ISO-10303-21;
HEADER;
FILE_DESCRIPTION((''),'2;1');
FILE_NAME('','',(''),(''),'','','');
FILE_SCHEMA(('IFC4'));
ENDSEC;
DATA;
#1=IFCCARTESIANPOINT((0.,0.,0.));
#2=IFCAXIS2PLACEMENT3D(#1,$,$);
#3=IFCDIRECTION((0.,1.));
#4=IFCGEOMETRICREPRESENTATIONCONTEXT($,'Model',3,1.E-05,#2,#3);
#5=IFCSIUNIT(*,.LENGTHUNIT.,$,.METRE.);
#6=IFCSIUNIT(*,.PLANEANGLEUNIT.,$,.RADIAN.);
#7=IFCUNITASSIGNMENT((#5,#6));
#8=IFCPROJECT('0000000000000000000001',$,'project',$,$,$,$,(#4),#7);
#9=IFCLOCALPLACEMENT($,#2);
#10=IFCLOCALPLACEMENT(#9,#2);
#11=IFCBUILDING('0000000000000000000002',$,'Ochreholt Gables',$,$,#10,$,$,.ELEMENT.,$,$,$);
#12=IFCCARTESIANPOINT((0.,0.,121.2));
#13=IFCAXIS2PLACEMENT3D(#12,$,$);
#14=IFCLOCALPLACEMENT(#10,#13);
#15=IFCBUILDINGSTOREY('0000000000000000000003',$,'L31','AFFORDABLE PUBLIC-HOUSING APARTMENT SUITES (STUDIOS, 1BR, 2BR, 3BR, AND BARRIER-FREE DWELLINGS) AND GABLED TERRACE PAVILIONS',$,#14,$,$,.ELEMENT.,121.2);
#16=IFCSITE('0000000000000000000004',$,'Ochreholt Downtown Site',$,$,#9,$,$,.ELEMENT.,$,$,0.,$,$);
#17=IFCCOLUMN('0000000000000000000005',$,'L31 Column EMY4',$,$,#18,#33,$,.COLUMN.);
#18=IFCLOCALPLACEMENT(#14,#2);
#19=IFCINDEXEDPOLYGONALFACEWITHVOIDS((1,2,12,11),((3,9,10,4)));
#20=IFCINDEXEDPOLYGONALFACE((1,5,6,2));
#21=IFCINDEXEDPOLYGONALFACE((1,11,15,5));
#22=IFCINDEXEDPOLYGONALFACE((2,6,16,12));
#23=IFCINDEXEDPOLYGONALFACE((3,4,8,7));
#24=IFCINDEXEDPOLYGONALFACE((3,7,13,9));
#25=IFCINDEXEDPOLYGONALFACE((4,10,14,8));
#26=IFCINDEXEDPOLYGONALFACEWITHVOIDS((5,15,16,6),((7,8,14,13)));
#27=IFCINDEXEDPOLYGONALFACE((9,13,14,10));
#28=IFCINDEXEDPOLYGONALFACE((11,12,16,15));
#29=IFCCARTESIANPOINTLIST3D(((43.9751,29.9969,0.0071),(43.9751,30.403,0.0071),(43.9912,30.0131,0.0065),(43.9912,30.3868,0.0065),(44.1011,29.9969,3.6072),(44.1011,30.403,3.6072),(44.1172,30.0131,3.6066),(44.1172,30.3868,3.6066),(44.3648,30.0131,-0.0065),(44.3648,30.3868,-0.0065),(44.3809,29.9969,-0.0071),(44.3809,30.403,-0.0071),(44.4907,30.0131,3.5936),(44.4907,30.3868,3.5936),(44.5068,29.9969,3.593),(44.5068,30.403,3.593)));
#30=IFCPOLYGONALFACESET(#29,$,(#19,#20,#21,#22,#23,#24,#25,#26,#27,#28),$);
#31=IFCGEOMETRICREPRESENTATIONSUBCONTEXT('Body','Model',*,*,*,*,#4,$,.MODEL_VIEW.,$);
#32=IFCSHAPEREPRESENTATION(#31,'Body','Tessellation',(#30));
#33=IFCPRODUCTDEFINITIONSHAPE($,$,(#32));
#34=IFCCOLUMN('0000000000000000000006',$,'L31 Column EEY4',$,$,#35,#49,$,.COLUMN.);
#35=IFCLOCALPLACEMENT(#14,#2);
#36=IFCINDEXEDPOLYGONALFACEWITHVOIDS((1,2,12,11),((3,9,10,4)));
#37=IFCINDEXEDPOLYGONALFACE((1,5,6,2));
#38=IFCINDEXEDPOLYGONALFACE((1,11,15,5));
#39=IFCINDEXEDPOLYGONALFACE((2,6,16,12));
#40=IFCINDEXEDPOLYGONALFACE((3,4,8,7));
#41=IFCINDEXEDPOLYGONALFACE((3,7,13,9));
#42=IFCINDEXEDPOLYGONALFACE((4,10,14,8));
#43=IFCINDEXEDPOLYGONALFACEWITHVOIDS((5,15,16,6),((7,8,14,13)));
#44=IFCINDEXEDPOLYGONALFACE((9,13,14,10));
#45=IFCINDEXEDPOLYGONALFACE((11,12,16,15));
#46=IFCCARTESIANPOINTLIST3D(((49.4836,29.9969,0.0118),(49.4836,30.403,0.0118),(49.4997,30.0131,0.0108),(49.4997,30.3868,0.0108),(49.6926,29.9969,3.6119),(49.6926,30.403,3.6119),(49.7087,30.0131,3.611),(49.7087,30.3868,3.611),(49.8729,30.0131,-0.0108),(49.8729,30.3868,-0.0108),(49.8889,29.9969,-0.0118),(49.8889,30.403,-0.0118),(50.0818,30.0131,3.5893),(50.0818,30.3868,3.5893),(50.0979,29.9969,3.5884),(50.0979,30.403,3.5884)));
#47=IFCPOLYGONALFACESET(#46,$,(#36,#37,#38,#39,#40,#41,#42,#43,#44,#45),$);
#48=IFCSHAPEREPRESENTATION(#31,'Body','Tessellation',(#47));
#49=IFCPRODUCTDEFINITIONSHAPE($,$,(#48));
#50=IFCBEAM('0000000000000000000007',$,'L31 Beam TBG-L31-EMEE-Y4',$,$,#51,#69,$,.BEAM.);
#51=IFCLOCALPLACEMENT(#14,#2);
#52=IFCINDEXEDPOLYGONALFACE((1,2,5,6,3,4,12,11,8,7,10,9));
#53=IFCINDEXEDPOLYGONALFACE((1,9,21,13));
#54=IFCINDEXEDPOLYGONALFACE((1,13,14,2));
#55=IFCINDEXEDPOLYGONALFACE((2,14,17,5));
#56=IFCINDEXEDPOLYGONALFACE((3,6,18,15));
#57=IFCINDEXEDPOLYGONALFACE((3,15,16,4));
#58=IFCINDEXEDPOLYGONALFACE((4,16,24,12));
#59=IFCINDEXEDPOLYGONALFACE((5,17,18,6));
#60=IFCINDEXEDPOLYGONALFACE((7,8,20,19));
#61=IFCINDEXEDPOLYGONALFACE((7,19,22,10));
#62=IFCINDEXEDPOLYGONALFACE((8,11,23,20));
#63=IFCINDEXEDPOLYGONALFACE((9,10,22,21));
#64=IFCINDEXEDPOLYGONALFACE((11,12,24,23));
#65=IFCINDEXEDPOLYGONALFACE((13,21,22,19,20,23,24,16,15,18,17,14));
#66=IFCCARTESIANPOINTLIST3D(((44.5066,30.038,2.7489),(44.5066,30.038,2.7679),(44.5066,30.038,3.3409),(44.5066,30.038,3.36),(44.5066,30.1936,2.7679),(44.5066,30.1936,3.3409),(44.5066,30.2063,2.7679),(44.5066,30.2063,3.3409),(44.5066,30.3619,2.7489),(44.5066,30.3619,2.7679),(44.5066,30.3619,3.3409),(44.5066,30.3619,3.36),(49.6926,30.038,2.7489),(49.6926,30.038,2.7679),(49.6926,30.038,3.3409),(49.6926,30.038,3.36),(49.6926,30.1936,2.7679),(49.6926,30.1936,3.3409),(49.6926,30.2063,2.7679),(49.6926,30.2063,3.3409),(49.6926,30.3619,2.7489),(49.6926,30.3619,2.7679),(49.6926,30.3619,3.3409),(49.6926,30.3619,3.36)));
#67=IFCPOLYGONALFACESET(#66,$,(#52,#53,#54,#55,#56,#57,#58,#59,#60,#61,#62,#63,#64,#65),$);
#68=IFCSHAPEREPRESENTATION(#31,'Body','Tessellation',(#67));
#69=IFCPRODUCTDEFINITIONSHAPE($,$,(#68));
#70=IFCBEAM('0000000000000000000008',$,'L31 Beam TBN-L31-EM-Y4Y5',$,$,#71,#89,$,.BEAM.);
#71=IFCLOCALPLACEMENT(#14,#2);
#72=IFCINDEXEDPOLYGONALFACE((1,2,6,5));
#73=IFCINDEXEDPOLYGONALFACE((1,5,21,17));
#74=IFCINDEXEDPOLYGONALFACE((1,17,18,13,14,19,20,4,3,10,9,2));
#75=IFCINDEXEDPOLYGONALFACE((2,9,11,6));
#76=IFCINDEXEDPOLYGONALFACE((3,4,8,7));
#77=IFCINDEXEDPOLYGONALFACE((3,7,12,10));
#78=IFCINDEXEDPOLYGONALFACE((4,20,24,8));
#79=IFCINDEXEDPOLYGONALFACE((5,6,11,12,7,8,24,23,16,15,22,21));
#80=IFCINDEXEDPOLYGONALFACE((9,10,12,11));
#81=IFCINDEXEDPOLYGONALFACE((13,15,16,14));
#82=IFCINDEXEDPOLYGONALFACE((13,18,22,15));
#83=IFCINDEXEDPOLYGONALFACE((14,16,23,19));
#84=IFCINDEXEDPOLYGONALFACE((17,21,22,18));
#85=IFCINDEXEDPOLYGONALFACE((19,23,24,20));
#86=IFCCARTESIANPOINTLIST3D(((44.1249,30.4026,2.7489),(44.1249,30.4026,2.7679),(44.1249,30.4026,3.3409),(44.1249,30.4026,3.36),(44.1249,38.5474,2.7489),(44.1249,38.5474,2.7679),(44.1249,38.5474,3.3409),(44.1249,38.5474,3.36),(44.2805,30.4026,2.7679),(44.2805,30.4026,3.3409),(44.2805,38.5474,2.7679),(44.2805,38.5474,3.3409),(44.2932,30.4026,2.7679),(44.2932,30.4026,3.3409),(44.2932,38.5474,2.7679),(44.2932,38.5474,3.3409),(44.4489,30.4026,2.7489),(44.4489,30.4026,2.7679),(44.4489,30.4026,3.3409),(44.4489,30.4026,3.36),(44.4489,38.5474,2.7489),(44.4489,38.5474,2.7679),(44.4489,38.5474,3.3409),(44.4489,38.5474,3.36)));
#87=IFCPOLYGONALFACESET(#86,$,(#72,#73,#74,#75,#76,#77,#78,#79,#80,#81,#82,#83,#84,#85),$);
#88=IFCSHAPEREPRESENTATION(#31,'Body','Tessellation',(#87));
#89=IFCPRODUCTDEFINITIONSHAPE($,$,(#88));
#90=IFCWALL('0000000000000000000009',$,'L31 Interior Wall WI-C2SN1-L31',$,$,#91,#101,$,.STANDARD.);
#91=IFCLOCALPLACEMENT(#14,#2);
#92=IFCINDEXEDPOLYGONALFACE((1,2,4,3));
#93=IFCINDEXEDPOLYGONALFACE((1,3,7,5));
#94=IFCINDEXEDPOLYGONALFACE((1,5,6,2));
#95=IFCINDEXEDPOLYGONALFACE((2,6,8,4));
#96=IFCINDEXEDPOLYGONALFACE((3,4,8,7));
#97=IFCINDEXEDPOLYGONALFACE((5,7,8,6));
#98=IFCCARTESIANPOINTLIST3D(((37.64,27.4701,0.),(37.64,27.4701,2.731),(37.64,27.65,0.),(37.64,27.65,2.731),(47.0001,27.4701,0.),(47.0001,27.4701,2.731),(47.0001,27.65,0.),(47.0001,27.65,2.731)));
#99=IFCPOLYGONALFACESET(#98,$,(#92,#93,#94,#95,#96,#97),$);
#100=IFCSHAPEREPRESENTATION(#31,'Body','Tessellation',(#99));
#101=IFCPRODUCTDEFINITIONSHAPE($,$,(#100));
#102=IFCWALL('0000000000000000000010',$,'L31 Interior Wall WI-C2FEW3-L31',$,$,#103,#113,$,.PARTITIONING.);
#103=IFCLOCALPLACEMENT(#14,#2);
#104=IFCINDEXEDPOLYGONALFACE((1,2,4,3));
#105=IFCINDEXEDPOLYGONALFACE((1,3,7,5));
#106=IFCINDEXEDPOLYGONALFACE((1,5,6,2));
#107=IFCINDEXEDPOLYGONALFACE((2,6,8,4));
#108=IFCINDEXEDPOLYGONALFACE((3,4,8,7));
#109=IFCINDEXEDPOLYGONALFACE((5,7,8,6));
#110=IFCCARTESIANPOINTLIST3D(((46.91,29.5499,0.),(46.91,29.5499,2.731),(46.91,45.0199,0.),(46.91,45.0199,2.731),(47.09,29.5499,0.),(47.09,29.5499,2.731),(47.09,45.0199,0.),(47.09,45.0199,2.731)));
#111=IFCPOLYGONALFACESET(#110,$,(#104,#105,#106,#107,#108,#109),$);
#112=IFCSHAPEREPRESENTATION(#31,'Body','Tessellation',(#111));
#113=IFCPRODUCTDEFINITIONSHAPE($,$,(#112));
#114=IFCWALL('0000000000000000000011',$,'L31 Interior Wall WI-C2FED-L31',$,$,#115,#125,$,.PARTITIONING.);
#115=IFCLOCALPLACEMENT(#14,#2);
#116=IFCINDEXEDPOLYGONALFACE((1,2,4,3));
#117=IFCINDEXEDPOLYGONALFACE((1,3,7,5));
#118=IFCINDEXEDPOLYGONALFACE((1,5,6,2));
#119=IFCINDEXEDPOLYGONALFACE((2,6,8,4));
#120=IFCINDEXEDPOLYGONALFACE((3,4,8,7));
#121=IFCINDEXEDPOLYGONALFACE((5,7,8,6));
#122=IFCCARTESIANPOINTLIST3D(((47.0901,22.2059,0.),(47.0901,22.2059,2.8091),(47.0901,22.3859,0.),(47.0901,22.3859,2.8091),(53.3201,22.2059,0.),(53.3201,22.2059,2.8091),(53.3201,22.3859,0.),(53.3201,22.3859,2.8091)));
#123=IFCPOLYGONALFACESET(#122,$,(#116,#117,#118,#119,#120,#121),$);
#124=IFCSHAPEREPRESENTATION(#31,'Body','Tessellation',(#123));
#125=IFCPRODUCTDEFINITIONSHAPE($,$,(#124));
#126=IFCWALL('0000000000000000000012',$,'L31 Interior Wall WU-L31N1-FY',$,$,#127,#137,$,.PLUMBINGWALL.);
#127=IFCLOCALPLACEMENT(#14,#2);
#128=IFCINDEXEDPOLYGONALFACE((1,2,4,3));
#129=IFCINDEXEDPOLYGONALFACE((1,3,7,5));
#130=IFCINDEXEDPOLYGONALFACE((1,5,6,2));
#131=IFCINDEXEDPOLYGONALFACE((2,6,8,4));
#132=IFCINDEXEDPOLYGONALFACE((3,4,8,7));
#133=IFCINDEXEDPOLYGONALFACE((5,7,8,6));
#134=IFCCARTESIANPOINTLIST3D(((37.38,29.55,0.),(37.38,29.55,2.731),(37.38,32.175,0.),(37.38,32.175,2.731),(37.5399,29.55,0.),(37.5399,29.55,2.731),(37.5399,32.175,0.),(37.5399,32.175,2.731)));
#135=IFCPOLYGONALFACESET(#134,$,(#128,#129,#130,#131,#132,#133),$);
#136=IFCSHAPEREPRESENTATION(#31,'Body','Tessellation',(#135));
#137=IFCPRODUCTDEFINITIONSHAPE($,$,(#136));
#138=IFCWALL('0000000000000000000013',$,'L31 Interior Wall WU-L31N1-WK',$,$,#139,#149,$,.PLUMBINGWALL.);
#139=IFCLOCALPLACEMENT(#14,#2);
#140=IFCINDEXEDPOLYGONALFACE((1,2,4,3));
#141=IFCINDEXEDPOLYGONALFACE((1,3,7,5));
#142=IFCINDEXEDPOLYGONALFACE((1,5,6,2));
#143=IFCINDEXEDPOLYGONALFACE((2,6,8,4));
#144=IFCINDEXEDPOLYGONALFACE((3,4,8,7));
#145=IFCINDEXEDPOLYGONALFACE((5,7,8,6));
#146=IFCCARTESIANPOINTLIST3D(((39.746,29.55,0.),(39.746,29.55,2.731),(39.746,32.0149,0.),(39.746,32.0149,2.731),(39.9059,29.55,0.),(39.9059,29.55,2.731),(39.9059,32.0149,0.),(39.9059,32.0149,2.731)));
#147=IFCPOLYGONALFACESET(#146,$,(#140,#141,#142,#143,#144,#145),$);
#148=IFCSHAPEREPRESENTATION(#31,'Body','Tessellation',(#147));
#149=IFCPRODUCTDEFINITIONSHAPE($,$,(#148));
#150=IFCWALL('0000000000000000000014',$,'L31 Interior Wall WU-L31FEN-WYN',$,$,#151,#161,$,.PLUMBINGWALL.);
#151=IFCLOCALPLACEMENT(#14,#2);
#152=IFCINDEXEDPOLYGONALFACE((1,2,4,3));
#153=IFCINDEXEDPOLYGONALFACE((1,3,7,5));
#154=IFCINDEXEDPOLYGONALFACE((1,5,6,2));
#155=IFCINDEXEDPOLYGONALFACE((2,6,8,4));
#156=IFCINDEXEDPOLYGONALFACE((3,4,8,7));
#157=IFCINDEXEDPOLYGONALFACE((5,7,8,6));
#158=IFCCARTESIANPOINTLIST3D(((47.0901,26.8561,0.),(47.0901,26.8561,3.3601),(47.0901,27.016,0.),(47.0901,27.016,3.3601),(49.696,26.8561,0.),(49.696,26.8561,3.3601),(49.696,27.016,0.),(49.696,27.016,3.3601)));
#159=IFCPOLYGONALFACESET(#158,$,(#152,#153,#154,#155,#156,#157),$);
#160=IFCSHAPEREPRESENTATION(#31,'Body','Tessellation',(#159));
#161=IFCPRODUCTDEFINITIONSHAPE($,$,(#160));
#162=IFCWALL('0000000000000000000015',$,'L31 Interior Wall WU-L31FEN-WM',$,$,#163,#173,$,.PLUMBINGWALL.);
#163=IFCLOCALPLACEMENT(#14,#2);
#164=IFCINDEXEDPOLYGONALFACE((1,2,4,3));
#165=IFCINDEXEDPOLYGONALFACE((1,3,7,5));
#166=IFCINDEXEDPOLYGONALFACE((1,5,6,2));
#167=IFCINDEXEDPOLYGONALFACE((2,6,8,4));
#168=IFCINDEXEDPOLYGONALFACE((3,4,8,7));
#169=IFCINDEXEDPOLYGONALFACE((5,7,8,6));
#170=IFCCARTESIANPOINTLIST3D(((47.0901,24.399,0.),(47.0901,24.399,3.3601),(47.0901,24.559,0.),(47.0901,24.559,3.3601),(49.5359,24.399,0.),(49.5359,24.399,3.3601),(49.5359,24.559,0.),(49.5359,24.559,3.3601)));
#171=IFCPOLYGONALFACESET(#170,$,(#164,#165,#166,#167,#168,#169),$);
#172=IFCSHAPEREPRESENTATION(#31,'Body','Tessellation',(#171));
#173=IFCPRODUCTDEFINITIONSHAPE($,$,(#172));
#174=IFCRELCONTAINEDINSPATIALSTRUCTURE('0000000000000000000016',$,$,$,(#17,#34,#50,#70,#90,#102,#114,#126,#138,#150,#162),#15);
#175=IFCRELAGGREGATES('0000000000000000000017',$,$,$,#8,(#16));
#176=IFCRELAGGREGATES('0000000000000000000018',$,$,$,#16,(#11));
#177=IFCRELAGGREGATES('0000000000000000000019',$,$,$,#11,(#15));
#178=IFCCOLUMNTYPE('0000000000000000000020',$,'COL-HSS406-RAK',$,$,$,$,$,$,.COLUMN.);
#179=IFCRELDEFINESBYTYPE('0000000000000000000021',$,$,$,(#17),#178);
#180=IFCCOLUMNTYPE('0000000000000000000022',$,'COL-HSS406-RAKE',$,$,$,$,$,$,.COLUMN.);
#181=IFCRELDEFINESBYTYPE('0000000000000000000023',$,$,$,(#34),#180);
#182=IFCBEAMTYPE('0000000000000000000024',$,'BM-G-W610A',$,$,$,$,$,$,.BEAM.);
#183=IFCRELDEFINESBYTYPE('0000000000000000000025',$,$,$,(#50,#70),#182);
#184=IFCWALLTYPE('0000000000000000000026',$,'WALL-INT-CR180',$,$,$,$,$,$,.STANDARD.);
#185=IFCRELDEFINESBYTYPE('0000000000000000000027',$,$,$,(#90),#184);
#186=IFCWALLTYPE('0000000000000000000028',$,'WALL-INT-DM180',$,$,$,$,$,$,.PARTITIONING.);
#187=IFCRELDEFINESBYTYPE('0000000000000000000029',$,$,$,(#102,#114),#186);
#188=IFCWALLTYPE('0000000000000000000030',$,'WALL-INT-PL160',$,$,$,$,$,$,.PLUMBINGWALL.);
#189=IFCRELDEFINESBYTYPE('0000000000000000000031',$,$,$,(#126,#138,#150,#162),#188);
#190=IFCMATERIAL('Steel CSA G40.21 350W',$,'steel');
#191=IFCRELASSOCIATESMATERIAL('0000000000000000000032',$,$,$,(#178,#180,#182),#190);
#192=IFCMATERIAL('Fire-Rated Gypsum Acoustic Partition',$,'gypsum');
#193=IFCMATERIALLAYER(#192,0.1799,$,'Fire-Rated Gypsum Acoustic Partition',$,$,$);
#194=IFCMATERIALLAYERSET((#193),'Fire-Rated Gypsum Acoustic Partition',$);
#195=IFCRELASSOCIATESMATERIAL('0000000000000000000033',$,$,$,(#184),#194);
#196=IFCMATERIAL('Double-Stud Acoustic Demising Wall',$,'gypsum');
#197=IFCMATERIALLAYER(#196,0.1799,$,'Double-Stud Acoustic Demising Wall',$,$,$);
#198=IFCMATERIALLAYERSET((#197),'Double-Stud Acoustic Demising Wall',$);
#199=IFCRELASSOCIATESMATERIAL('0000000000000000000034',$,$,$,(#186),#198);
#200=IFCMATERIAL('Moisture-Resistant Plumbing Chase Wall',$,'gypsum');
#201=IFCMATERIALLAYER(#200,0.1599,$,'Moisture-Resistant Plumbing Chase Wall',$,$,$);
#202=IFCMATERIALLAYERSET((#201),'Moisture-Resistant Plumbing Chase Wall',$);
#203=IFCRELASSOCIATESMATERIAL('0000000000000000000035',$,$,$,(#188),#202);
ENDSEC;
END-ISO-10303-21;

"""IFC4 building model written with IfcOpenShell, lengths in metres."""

from ifc_helpers import new_model, si_unit, direction, frame, frame_2d, origin, origin_2d, place, context, subcontext, project, spatial, rectangle, hollow_rectangle, i_section, extrude, material, layer, layer_set, material_profile, profile_set, type_object, element, save


model = new_model("IFC4")

# Units and contexts
model_context = context("Model", 3, precision=1e-05, world=origin(), true_north=direction((0.0, 1.0)))
body_context = subcontext(model_context, "Body", "Model", "MODEL_VIEW")
ifc_project = project(units=[si_unit("LENGTHUNIT", "METRE"), si_unit("PLANEANGLEUNIT", "RADIAN")], contexts=[model_context])

# Site, building, storey
site_placement = place(None, origin())
site = spatial("IfcSite", under=ifc_project, at=site_placement, Name="Ochreholt Downtown Site", CompositionType="ELEMENT", RefElevation=0.0)
building_placement = place(site_placement, origin())
building = spatial("IfcBuilding", under=site, at=building_placement, Name="Ochreholt Gables", CompositionType="ELEMENT")
storey_placement = place(building_placement, frame((0.0, 0.0, 121.2)))
storey = spatial("IfcBuildingStorey", under=building, at=storey_placement, Name="L31", Description="AFFORDABLE PUBLIC-HOUSING APARTMENT SUITES (STUDIOS, 1BR, 2BR, 3BR, AND BARRIER-FREE DWELLINGS) AND GABLED TERRACE PAVILIONS", CompositionType="ELEMENT", Elevation=121.2)

# Columns
ifc_material_1 = material(Name="Steel CSA G40.21 350W", Category="steel")
ifc_material_profile_1 = material_profile(ifc_material_1, hollow_rectangle(XDim=0.406, YDim=0.406, WallThickness=0.0161, at=origin_2d()), Name="HSS406X406X16")
ifc_profile_set_1 = profile_set([ifc_material_profile_1], Name="Steel CSA G40.21 350W")
column_type_1 = type_object("IfcColumnType", Name="COL-HSS406-RAK", PredefinedType="COLUMN", material=ifc_profile_set_1)
column_1_placement = place(storey_placement, frame((44.178, 30.2, 0.0), z_axis=(0.034971, 0.0, 0.999388), x_axis=(0.0, 1.0, 0.0)))
element("IfcColumn", 1, at=column_1_placement, inside=storey, type_object=column_type_1, Name="L31 Column EMY4", PredefinedType="COLUMN", context=body_context, shape_type="SweptSolid", body=[
    extrude(hollow_rectangle(XDim=0.406, YDim=0.406, WallThickness=0.0161, at=origin_2d()), origin(), (0.0, 0.0, 1.0), 3.6023),
])
ifc_material_profile_2 = material_profile(ifc_material_1, hollow_rectangle(XDim=0.406, YDim=0.406, WallThickness=0.0161, at=origin_2d()), Name="HSS406X406X16")
ifc_profile_set_2 = profile_set([ifc_material_profile_2], Name="Steel CSA G40.21 350W")
column_type_2 = type_object("IfcColumnType", Name="COL-HSS406-RAKE", PredefinedType="COLUMN", material=ifc_profile_set_2)
column_2_placement = place(storey_placement, frame((49.6863, 30.2, 0.0), z_axis=(0.057952, 0.0, 0.998319), x_axis=(0.0, 1.0, 0.0)))
element("IfcColumn", 2, at=column_2_placement, inside=storey, type_object=column_type_2, Name="L31 Column EEY4", PredefinedType="COLUMN", context=body_context, shape_type="SweptSolid", body=[
    extrude(hollow_rectangle(XDim=0.406, YDim=0.406, WallThickness=0.0161, at=origin_2d()), origin(), (0.0, 0.0, 1.0), 3.6062),
])

# Beams
ifc_material_profile_3 = material_profile(ifc_material_1, i_section(OverallWidth=0.324, OverallDepth=0.6111, WebThickness=0.0127, FlangeThickness=0.019, at=origin_2d()), Name="W610X155")
ifc_profile_set_3 = profile_set([ifc_material_profile_3], Name="Steel CSA G40.21 350W")
beam_type = type_object("IfcBeamType", Name="BM-G-W610A", PredefinedType="BEAM", material=ifc_profile_set_3)
beam_1_placement = place(storey_placement, frame((44.5066, 30.2, 3.0544), z_axis=(1.0, 0.0, 0.0), x_axis=(0.0, 1.0, 0.0)))
element("IfcBeam", 3, at=beam_1_placement, inside=storey, type_object=beam_type, Name="L31 Beam TBG-L31-EMEE-Y4", PredefinedType="BEAM", context=body_context, shape_type="SweptSolid", body=[
    extrude(i_section(OverallWidth=0.324, OverallDepth=0.6111, WebThickness=0.0127, FlangeThickness=0.019, at=origin_2d()), origin(), (0.0, 0.0, 1.0), 5.186),
])
beam_2_placement = place(storey_placement, frame((44.2869, 30.4026, 3.0544), z_axis=(0.0, 1.0, 0.0), x_axis=(-1.0, 0.0, 0.0)))
element("IfcBeam", 4, at=beam_2_placement, inside=storey, type_object=beam_type, Name="L31 Beam TBN-L31-EM-Y4Y5", PredefinedType="BEAM", context=body_context, shape_type="SweptSolid", body=[
    extrude(i_section(OverallWidth=0.324, OverallDepth=0.6111, WebThickness=0.0127, FlangeThickness=0.019, at=origin_2d()), origin(), (0.0, 0.0, 1.0), 8.1448),
])

# Wall
ifc_material_2 = material(Name="Fire-Rated Gypsum Acoustic Partition", Category="gypsum")
ifc_layer_1 = layer(ifc_material_2, 0.1799, Name="Fire-Rated Gypsum Acoustic Partition")
ifc_layer_set_1 = layer_set([ifc_layer_1], Name="Fire-Rated Gypsum Acoustic Partition")
wall_type_1 = type_object("IfcWallType", Name="WALL-INT-CR180", PredefinedType="STANDARD", material=ifc_layer_set_1)
wall_1_placement = place(storey_placement, frame((37.6399, 27.5601, 0.0), z_axis=(0.0, 0.0, 1.0), x_axis=(1.0, 0.0, 0.0)))
element("IfcWall", 5, at=wall_1_placement, inside=storey, type_object=wall_type_1, Name="L31 Interior Wall WI-C2SN1-L31", PredefinedType="STANDARD", context=body_context, shape_type="SweptSolid", body=[
    extrude(rectangle(XDim=9.3601, YDim=0.1799, at=frame_2d((4.6802, 0.0))), origin(), (0.0, 0.0, 1.0), 2.731),
])

# Walls
ifc_material_3 = material(Name="Double-Stud Acoustic Demising Wall", Category="gypsum")
ifc_layer_2 = layer(ifc_material_3, 0.1799, Name="Double-Stud Acoustic Demising Wall")
ifc_layer_set_2 = layer_set([ifc_layer_2], Name="Double-Stud Acoustic Demising Wall")
wall_type_2 = type_object("IfcWallType", Name="WALL-INT-DM180", PredefinedType="PARTITIONING", material=ifc_layer_set_2)
wall_2_placement = place(storey_placement, frame((47.0, 29.55, 0.0), z_axis=(0.0, 0.0, 1.0), x_axis=(0.0, 1.0, 0.0)))
element("IfcWall", 6, at=wall_2_placement, inside=storey, type_object=wall_type_2, Name="L31 Interior Wall WI-C2FEW3-L31", PredefinedType="PARTITIONING", context=body_context, shape_type="SweptSolid", body=[
    extrude(rectangle(XDim=15.47, YDim=0.1799, at=frame_2d((7.7349, 0.0))), origin(), (0.0, 0.0, 1.0), 2.731),
])
wall_3_placement = place(storey_placement, frame((47.0901, 22.2959, 0.0), z_axis=(0.0, 0.0, 1.0), x_axis=(1.0, 0.0, 0.0)))
element("IfcWall", 7, at=wall_3_placement, inside=storey, type_object=wall_type_2, Name="L31 Interior Wall WI-C2FED-L31", PredefinedType="PARTITIONING", context=body_context, shape_type="SweptSolid", body=[
    extrude(rectangle(XDim=6.23, YDim=0.1799, at=frame_2d((3.115, 0.0))), origin(), (0.0, 0.0, 1.0), 2.8091),
])
ifc_material_4 = material(Name="Moisture-Resistant Plumbing Chase Wall", Category="gypsum")
ifc_layer_3 = layer(ifc_material_4, 0.1599, Name="Moisture-Resistant Plumbing Chase Wall")
ifc_layer_set_3 = layer_set([ifc_layer_3], Name="Moisture-Resistant Plumbing Chase Wall")
wall_type_3 = type_object("IfcWallType", Name="WALL-INT-PL160", PredefinedType="PLUMBINGWALL", material=ifc_layer_set_3)
wall_4_placement = place(storey_placement, frame((37.46, 29.55, 0.0), z_axis=(0.0, 0.0, 1.0), x_axis=(0.0, 1.0, 0.0)))
element("IfcWall", 8, at=wall_4_placement, inside=storey, type_object=wall_type_3, Name="L31 Interior Wall WU-L31N1-FY", PredefinedType="PLUMBINGWALL", context=body_context, shape_type="SweptSolid", body=[
    extrude(rectangle(XDim=2.625, YDim=0.1599, at=frame_2d((1.3125, 0.0))), origin(), (0.0, 0.0, 1.0), 2.731),
])
wall_5_placement = place(storey_placement, frame((39.8259, 29.55, 0.0), z_axis=(0.0, 0.0, 1.0), x_axis=(0.0, 1.0, 0.0)))
element("IfcWall", 9, at=wall_5_placement, inside=storey, type_object=wall_type_3, Name="L31 Interior Wall WU-L31N1-WK", PredefinedType="PLUMBINGWALL", context=body_context, shape_type="SweptSolid", body=[
    extrude(rectangle(XDim=2.4648, YDim=0.1599, at=frame_2d((1.2324, 0.0))), origin(), (0.0, 0.0, 1.0), 2.731),
])
wall_6_placement = place(storey_placement, frame((47.0901, 26.936, 0.0), z_axis=(0.0, 0.0, 1.0), x_axis=(1.0, 0.0, 0.0)))
element("IfcWall", 10, at=wall_6_placement, inside=storey, type_object=wall_type_3, Name="L31 Interior Wall WU-L31FEN-WYN", PredefinedType="PLUMBINGWALL", context=body_context, shape_type="SweptSolid", body=[
    extrude(rectangle(XDim=2.606, YDim=0.1599, at=frame_2d((1.303, 0.0))), origin(), (0.0, 0.0, 1.0), 3.3601),
])

# Wall
wall_7_placement = place(storey_placement, frame((47.0901, 24.479, 0.0), z_axis=(0.0, 0.0, 1.0), x_axis=(1.0, 0.0, 0.0)))
element("IfcWall", 11, at=wall_7_placement, inside=storey, type_object=wall_type_3, Name="L31 Interior Wall WU-L31FEN-WM", PredefinedType="PLUMBINGWALL", context=body_context, shape_type="SweptSolid", body=[
    extrude(rectangle(XDim=2.4458, YDim=0.1599, at=frame_2d((1.2229, 0.0))), origin(), (0.0, 0.0, 1.0), 3.3601),
])

save(model, "model.ifc")
